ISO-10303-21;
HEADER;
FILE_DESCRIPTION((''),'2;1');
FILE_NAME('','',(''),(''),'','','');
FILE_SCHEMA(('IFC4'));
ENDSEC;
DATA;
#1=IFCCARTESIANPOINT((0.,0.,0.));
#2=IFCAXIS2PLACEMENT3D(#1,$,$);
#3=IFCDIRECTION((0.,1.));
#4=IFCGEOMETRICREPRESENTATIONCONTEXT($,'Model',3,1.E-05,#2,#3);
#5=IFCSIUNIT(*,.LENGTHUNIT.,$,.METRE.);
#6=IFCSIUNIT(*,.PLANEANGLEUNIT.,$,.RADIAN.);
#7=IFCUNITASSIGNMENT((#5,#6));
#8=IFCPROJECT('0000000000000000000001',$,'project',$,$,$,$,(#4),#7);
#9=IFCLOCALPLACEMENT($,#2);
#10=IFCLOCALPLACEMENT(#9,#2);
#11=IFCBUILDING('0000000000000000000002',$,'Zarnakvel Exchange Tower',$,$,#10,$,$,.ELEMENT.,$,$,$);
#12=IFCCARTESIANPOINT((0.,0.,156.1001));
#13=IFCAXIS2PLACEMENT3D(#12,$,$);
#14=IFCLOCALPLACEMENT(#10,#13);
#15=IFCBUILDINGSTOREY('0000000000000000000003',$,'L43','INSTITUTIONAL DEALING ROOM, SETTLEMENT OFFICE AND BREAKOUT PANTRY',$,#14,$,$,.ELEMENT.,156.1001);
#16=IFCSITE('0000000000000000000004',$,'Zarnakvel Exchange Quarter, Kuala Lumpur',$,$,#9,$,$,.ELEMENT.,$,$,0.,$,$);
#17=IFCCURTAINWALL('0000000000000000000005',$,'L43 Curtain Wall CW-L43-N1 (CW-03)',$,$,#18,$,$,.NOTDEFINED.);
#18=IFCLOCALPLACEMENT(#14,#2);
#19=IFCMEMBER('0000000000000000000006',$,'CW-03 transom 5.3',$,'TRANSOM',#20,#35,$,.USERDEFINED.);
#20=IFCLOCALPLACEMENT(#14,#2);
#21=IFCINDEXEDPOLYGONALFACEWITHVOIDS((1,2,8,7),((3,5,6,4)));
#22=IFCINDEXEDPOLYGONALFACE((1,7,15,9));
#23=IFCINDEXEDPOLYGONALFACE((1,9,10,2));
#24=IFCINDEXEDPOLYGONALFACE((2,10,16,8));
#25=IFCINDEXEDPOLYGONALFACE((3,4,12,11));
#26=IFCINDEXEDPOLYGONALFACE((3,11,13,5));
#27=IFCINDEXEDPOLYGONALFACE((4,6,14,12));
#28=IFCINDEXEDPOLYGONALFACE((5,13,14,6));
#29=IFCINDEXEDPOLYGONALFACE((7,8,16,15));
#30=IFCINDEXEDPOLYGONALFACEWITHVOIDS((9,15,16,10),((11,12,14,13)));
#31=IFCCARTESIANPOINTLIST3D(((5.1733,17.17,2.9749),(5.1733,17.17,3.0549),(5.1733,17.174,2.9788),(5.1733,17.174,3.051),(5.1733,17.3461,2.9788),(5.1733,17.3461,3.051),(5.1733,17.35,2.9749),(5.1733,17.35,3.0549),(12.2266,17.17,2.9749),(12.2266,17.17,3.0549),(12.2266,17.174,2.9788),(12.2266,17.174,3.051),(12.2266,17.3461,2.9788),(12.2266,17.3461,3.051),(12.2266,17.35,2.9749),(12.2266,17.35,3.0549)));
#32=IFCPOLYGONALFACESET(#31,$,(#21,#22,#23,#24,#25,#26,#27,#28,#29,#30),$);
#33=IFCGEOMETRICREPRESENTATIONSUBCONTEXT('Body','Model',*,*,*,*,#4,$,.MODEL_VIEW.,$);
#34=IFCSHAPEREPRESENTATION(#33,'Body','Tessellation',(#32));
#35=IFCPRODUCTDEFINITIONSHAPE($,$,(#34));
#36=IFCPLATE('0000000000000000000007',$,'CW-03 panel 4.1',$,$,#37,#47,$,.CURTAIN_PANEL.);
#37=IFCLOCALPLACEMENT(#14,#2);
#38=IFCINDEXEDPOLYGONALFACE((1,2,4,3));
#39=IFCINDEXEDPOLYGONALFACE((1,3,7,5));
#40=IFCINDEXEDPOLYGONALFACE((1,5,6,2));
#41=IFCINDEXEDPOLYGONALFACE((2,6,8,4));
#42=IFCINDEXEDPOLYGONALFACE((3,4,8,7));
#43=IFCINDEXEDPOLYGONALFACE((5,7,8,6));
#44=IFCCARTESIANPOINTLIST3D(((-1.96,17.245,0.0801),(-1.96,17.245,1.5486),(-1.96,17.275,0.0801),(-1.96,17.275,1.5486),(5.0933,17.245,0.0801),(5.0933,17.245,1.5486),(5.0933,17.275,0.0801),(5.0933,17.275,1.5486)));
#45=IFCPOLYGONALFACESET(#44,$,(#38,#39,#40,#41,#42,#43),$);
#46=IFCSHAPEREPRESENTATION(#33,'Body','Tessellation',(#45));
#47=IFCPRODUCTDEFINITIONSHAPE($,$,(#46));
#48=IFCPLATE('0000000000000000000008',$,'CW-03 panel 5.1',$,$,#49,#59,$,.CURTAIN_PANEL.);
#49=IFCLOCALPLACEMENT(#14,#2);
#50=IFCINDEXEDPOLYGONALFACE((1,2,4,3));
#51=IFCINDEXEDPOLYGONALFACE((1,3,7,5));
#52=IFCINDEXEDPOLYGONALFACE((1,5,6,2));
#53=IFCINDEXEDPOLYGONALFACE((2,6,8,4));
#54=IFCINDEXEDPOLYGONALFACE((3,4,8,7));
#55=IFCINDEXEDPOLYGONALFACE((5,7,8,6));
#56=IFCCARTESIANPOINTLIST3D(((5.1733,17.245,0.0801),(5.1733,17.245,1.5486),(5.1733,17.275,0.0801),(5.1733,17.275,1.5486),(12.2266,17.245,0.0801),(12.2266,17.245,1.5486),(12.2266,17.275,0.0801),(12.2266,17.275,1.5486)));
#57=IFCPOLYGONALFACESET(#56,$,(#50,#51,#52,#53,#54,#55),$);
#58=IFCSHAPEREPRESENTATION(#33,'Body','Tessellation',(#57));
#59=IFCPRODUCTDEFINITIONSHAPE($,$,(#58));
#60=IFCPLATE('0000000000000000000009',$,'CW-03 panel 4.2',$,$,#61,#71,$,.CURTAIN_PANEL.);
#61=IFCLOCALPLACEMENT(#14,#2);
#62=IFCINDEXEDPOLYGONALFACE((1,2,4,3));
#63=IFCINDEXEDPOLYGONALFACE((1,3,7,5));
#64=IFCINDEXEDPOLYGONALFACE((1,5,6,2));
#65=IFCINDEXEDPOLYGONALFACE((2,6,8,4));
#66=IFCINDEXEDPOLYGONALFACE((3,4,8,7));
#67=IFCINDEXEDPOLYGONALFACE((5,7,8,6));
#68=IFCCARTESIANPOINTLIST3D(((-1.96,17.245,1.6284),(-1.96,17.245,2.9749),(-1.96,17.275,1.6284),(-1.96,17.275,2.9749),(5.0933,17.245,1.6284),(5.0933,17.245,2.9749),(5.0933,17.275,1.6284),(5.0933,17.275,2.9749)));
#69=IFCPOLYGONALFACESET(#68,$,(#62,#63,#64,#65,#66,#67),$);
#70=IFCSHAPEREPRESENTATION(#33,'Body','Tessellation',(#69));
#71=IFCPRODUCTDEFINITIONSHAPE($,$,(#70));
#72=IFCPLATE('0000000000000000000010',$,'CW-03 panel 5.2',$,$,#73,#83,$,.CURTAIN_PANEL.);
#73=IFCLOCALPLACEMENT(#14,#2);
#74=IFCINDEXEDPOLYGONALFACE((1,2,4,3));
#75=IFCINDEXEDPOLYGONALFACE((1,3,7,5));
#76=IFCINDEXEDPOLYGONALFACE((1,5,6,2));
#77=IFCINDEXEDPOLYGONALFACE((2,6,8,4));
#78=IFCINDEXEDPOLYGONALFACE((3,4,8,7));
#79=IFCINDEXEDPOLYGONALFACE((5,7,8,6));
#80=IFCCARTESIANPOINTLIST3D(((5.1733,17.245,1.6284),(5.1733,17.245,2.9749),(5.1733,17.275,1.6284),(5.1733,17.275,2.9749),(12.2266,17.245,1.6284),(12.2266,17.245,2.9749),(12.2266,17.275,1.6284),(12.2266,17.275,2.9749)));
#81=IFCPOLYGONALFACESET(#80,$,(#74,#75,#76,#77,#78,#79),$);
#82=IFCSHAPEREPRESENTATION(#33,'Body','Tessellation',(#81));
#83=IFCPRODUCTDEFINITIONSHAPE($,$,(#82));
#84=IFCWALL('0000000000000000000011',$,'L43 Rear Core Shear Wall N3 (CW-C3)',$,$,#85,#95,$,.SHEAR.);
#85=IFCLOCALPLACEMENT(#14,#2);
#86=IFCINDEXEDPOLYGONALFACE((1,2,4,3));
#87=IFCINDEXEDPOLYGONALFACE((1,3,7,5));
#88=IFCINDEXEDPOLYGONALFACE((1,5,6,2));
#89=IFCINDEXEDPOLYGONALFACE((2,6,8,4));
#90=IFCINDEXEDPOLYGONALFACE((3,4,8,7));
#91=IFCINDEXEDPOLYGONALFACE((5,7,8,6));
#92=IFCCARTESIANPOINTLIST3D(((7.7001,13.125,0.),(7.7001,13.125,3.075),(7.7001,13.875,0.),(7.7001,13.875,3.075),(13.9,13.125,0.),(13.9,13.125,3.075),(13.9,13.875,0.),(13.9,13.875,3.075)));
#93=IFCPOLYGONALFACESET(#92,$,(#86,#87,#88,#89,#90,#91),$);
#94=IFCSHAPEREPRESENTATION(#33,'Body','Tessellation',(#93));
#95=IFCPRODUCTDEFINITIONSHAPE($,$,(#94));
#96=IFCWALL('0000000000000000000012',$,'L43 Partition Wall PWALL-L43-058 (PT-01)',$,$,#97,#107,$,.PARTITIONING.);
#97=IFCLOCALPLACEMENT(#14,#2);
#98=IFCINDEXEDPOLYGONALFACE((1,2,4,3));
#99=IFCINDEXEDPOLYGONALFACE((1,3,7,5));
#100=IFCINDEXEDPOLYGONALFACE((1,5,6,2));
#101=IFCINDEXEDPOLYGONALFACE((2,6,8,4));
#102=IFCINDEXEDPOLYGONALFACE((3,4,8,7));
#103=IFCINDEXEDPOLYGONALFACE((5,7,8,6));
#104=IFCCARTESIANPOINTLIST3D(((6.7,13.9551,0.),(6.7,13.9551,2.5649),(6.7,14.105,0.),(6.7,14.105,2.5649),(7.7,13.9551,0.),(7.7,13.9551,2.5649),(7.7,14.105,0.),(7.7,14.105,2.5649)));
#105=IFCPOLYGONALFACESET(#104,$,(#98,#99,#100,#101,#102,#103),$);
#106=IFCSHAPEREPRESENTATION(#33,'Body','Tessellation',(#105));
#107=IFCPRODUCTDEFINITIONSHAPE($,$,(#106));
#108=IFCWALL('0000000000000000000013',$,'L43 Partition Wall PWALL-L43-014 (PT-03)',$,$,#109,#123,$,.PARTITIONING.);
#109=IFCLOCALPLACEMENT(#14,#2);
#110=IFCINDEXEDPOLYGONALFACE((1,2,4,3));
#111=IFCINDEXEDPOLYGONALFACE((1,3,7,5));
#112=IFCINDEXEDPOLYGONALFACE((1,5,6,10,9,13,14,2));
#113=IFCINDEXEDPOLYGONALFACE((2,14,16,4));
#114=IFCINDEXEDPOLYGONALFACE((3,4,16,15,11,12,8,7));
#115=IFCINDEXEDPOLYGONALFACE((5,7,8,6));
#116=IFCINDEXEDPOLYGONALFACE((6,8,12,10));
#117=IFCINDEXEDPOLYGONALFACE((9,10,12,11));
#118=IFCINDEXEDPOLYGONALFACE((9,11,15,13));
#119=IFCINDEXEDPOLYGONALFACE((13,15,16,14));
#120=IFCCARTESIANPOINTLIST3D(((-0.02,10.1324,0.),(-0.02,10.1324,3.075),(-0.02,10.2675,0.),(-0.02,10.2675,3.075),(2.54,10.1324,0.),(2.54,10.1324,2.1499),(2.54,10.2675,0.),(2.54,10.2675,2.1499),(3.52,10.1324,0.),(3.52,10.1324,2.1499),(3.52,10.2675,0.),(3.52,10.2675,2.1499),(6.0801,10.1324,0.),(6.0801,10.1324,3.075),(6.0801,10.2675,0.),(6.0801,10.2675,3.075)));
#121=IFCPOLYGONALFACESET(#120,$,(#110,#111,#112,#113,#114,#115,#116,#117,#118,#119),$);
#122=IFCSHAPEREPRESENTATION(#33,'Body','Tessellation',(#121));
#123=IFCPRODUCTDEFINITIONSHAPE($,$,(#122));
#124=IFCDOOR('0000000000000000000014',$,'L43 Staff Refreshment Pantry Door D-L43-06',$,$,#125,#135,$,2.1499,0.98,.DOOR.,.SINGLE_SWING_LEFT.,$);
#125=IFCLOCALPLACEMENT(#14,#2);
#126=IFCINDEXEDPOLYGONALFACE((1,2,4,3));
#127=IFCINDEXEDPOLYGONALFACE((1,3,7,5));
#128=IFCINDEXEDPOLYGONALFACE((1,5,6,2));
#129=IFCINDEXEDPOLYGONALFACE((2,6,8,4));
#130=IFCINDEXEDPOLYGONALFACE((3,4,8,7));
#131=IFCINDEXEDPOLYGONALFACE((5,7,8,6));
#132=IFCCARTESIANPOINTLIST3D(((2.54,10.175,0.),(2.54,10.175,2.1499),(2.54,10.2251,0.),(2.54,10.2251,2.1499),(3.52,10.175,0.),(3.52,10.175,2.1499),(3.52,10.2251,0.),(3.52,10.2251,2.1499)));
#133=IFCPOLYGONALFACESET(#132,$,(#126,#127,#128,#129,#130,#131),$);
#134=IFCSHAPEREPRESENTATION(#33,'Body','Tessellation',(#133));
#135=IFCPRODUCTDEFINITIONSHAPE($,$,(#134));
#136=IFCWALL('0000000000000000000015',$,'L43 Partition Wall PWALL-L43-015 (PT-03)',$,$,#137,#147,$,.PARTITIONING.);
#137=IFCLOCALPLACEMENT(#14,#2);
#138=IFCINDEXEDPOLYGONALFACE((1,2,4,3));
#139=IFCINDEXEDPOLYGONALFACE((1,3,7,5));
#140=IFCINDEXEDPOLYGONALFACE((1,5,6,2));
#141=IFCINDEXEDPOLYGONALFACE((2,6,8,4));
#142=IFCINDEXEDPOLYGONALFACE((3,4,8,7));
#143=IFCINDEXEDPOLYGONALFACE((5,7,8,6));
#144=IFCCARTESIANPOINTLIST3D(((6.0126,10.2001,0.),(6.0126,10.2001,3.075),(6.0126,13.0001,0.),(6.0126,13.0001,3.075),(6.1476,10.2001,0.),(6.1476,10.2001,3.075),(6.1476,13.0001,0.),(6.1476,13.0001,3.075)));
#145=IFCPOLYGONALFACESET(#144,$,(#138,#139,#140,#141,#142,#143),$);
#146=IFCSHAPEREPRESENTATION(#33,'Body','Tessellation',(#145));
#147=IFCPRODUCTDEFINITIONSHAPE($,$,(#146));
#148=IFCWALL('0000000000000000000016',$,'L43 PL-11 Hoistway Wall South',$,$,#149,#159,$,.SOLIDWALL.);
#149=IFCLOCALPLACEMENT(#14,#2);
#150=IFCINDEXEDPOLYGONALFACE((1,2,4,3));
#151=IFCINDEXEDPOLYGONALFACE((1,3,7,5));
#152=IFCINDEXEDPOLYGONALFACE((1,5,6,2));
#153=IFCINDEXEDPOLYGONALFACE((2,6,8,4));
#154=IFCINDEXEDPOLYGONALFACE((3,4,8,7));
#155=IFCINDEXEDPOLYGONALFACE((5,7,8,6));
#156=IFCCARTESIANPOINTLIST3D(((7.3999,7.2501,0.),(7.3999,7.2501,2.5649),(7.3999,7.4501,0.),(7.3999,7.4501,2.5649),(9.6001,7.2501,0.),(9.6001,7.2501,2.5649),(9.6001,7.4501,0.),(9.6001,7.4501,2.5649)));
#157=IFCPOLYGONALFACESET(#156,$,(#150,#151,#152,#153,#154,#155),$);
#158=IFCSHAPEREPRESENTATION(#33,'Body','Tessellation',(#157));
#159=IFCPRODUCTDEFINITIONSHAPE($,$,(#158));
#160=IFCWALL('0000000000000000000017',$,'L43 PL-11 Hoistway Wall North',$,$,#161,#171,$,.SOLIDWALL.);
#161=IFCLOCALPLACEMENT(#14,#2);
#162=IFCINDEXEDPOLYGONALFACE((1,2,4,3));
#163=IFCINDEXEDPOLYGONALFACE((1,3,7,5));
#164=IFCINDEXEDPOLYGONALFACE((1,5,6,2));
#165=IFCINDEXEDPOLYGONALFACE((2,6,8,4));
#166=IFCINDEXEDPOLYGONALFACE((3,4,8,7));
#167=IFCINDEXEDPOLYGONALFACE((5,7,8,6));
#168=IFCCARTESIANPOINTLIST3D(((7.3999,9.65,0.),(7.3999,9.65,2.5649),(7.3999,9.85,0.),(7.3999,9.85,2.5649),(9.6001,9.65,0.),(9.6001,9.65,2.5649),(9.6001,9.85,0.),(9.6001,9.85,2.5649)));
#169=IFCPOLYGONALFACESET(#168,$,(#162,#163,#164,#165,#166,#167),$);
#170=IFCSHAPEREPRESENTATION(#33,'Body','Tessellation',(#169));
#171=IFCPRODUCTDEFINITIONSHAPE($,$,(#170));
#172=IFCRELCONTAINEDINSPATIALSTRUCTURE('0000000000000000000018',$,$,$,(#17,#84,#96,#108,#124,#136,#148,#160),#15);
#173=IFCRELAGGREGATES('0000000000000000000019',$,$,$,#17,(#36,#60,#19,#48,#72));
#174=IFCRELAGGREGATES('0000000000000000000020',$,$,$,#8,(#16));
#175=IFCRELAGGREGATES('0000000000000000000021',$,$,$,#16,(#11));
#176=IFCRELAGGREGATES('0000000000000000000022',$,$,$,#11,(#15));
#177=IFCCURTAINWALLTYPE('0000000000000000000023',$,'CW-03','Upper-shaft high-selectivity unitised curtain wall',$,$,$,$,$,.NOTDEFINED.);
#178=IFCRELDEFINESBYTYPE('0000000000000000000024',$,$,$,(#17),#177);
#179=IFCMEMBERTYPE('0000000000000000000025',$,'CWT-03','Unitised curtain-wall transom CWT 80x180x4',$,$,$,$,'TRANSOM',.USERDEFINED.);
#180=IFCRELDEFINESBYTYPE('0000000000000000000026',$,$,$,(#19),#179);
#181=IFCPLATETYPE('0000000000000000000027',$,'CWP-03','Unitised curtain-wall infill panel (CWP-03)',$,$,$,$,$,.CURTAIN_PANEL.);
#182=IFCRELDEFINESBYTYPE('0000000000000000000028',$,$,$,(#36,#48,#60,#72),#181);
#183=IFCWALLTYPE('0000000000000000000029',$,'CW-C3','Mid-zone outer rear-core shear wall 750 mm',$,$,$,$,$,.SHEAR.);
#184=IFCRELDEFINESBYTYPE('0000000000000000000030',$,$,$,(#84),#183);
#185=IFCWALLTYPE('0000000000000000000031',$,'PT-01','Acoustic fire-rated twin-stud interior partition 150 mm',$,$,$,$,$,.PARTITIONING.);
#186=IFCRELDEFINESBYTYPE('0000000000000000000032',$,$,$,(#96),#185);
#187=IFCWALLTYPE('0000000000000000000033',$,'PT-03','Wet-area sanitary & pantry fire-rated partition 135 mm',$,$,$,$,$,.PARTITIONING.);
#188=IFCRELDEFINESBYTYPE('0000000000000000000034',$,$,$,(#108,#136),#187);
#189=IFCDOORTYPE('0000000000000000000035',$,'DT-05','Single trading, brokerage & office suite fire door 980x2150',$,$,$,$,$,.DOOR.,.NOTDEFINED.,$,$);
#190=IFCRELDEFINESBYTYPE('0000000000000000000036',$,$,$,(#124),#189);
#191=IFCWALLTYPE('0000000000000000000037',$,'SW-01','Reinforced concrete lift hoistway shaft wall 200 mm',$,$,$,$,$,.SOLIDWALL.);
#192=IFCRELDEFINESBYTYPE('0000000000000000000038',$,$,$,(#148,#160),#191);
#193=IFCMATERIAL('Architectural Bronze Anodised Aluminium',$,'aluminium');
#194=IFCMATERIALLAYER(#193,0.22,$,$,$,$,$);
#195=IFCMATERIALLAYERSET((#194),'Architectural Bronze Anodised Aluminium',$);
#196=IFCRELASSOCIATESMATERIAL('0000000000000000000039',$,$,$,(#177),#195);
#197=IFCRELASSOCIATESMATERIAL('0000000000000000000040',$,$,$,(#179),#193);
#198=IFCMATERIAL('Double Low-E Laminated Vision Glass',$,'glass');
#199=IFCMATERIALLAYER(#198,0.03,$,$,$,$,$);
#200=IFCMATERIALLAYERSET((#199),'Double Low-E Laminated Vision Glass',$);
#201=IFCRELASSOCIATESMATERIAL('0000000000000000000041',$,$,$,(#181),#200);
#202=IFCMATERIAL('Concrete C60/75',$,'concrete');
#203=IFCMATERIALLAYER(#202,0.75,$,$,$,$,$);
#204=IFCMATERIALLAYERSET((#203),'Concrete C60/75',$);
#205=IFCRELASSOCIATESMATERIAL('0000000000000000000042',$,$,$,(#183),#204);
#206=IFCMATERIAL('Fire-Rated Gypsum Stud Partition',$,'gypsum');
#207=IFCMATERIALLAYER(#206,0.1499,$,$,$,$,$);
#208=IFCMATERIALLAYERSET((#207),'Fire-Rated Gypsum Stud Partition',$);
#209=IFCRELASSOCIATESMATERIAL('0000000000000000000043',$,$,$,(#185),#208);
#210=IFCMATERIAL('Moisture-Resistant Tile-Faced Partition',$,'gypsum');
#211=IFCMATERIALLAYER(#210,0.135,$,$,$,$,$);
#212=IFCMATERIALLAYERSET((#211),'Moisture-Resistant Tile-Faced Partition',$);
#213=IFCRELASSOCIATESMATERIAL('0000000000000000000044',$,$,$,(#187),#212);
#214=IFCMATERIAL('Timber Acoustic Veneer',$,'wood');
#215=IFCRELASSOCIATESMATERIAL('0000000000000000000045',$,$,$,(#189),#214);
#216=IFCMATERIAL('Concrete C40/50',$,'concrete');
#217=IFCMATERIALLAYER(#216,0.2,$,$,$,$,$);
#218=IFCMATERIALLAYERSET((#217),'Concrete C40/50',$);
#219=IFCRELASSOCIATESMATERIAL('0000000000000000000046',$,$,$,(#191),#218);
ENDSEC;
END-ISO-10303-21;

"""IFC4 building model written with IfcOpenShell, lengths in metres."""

from ifc_helpers import new_model, si_unit, direction, frame, frame_2d, origin, origin_2d, place, context, subcontext, project, spatial, rectangle, hollow_rectangle, extrude, source, transform, mapped, material, layer, layer_set, material_profile, profile_set, type_object, element, fill, aggregate, save


model = new_model("IFC4")

# Units and contexts
model_context = context("Model", 3, precision=1e-05, world=origin(), true_north=direction((0.0, 1.0)))
body_context = subcontext(model_context, "Body", "Model", "MODEL_VIEW")
ifc_project = project(units=[si_unit("LENGTHUNIT", "METRE"), si_unit("PLANEANGLEUNIT", "RADIAN")], contexts=[model_context])

# Site, building, storey
site_placement = place(None, origin())
site = spatial("IfcSite", under=ifc_project, at=site_placement, Name="Zarnakvel Exchange Quarter, Kuala Lumpur", CompositionType="ELEMENT", RefElevation=0.0)
building_placement = place(site_placement, origin())
building = spatial("IfcBuilding", under=site, at=building_placement, Name="Zarnakvel Exchange Tower", CompositionType="ELEMENT")
storey_placement = place(building_placement, frame((0.0, 0.0, 156.1001)))
storey = spatial("IfcBuildingStorey", under=building, at=storey_placement, Name="L43", Description="INSTITUTIONAL DEALING ROOM, SETTLEMENT OFFICE AND BREAKOUT PANTRY", CompositionType="ELEMENT", Elevation=156.1001)

# Shared definitions
ifc_material_1 = material(Name="Concrete C60/75", Category="concrete")

# Curtain wall, member, plates
ifc_material_2 = material(Name="Architectural Bronze Anodised Aluminium", Category="aluminium")
ifc_layer_1 = layer(ifc_material_2, 0.22)
ifc_layer_set_1 = layer_set([ifc_layer_1], Name="Architectural Bronze Anodised Aluminium")
curtain_wall_type = type_object("IfcCurtainWallType", Name="CW-03", Description="Upper-shaft high-selectivity unitised curtain wall", PredefinedType="NOTDEFINED", material=ifc_layer_set_1)
curtain_wall_placement = place(storey_placement, origin())
curtain_wall = element("IfcCurtainWall", 1, at=curtain_wall_placement, inside=storey, type_object=curtain_wall_type, Name="L43 Curtain Wall CW-L43-N1 (CW-03)", PredefinedType="NOTDEFINED")
ifc_material_profile_1 = material_profile(ifc_material_2, hollow_rectangle(XDim=0.1799, YDim=0.0801, WallThickness=0.0039, at=origin_2d()))
ifc_profile_set_1 = profile_set([ifc_material_profile_1], Name="Architectural Bronze Anodised Aluminium")
member_type_1 = type_object("IfcMemberType", Name="CWT-03", Description="Unitised curtain-wall transom CWT 80x180x4", ElementType="TRANSOM", PredefinedType="USERDEFINED", material=ifc_profile_set_1)
shared_shape_1 = source(origin(), body_context, "Body", "SweptSolid", [
    extrude(hollow_rectangle(XDim=0.1799, YDim=0.0801, WallThickness=0.0039, at=origin_2d()), origin(), (0.0, 0.0, 1.0), 7.0532),
])
member_1_placement = place(storey_placement, frame((5.1733, 17.26, 3.0149), z_axis=(1.0, 0.0, 0.0), x_axis=(0.0, 1.0, 0.0)))
member_1 = element("IfcMember", 2, at=member_1_placement, type_object=member_type_1, Name="CW-03 transom 5.3", ObjectType="TRANSOM", PredefinedType="USERDEFINED", context=body_context, shape_type="MappedRepresentation", body=[
    mapped(shared_shape_1, transform((0.0, 0.0, 0.0), x_axis=(1.0, 0.0, 0.0), y_axis=(0.0, 1.0, 0.0), z_axis=(0.0, 0.0, 1.0), scale=1.0)),
])
ifc_material_3 = material(Name="Double Low-E Laminated Vision Glass", Category="glass")
ifc_layer_2 = layer(ifc_material_3, 0.03)
ifc_layer_set_2 = layer_set([ifc_layer_2], Name="Double Low-E Laminated Vision Glass")
plate_type = type_object("IfcPlateType", Name="CWP-03", Description="Unitised curtain-wall infill panel (CWP-03)", PredefinedType="CURTAIN_PANEL", material=ifc_layer_set_2)
shared_shape_2 = source(origin(), body_context, "Body", "SweptSolid", [
    extrude(rectangle(XDim=7.0532, YDim=0.03, at=origin_2d()), origin(), (0.0, 0.0, 1.0), 1.4685),
])
plate_1_placement = place(storey_placement, frame((1.5667, 17.26, 0.0801), z_axis=(0.0, 0.0, 1.0), x_axis=(1.0, 0.0, 0.0)))
plate_1 = element("IfcPlate", 3, at=plate_1_placement, type_object=plate_type, Name="CW-03 panel 4.1", PredefinedType="CURTAIN_PANEL", context=body_context, shape_type="MappedRepresentation", body=[
    mapped(shared_shape_2, transform((0.0, 0.0, 0.0), x_axis=(1.0, 0.0, 0.0), y_axis=(0.0, 1.0, 0.0), z_axis=(0.0, 0.0, 1.0), scale=1.0)),
])
plate_2_placement = place(storey_placement, frame((8.7, 17.26, 0.0801), z_axis=(0.0, 0.0, 1.0), x_axis=(1.0, 0.0, 0.0)))
plate_2 = element("IfcPlate", 4, at=plate_2_placement, type_object=plate_type, Name="CW-03 panel 5.1", PredefinedType="CURTAIN_PANEL", context=body_context, shape_type="MappedRepresentation", body=[
    mapped(shared_shape_2, transform((0.0, 0.0, 0.0), x_axis=(1.0, 0.0, 0.0), y_axis=(0.0, 1.0, 0.0), z_axis=(0.0, 0.0, 1.0), scale=1.0)),
])
shared_shape_3 = source(origin(), body_context, "Body", "SweptSolid", [
    extrude(rectangle(XDim=7.0532, YDim=0.03, at=origin_2d()), origin(), (0.0, 0.0, 1.0), 1.3464),
])
plate_3_placement = place(storey_placement, frame((1.5667, 17.26, 1.6284), z_axis=(0.0, 0.0, 1.0), x_axis=(1.0, 0.0, 0.0)))
plate_3 = element("IfcPlate", 5, at=plate_3_placement, type_object=plate_type, Name="CW-03 panel 4.2", PredefinedType="CURTAIN_PANEL", context=body_context, shape_type="MappedRepresentation", body=[
    mapped(shared_shape_3, transform((0.0, 0.0, 0.0), x_axis=(1.0, 0.0, 0.0), y_axis=(0.0, 1.0, 0.0), z_axis=(0.0, 0.0, 1.0), scale=1.0)),
])
plate_4_placement = place(storey_placement, frame((8.7, 17.26, 1.6284), z_axis=(0.0, 0.0, 1.0), x_axis=(1.0, 0.0, 0.0)))
plate_4 = element("IfcPlate", 6, at=plate_4_placement, type_object=plate_type, Name="CW-03 panel 5.2", PredefinedType="CURTAIN_PANEL", context=body_context, shape_type="MappedRepresentation", body=[
    mapped(shared_shape_3, transform((0.0, 0.0, 0.0), x_axis=(1.0, 0.0, 0.0), y_axis=(0.0, 1.0, 0.0), z_axis=(0.0, 0.0, 1.0), scale=1.0)),
])
aggregate(curtain_wall, [plate_1, plate_3, member_1, plate_2, plate_4])

# Walls
ifc_layer_3 = layer(ifc_material_1, 0.75)
ifc_layer_set_3 = layer_set([ifc_layer_3], Name="Concrete C60/75")
wall_type_1 = type_object("IfcWallType", Name="CW-C3", Description="Mid-zone outer rear-core shear wall 750 mm", PredefinedType="SHEAR", material=ifc_layer_set_3)
wall_1_placement = place(storey_placement, frame((7.7, 13.5, 0.0), z_axis=(0.0, 0.0, 1.0), x_axis=(1.0, 0.0, 0.0)))
element("IfcWall", 7, at=wall_1_placement, inside=storey, type_object=wall_type_1, Name="L43 Rear Core Shear Wall N3 (CW-C3)", PredefinedType="SHEAR", context=body_context, shape_type="SweptSolid", body=[
    extrude(rectangle(XDim=6.2, YDim=0.75, at=frame_2d((3.1001, 0.0))), origin(), (0.0, 0.0, 1.0), 3.075),
])
ifc_material_4 = material(Name="Fire-Rated Gypsum Stud Partition", Category="gypsum")
ifc_layer_4 = layer(ifc_material_4, 0.1499)
ifc_layer_set_4 = layer_set([ifc_layer_4], Name="Fire-Rated Gypsum Stud Partition")
wall_type_2 = type_object("IfcWallType", Name="PT-01", Description="Acoustic fire-rated twin-stud interior partition 150 mm", PredefinedType="PARTITIONING", material=ifc_layer_set_4)
wall_2_placement = place(storey_placement, frame((7.7, 14.03, 0.0), z_axis=(0.0, 0.0, 1.0), x_axis=(-1.0, 0.0, 0.0)))
element("IfcWall", 8, at=wall_2_placement, inside=storey, type_object=wall_type_2, Name="L43 Partition Wall PWALL-L43-058 (PT-01)", PredefinedType="PARTITIONING", context=body_context, shape_type="SweptSolid", body=[
    extrude(rectangle(XDim=1.0, YDim=0.1499, at=frame_2d((0.5, 0.0))), origin(), (0.0, 0.0, 1.0), 2.5649),
])

# Wall, opening, door
ifc_material_5 = material(Name="Moisture-Resistant Tile-Faced Partition", Category="gypsum")
ifc_layer_5 = layer(ifc_material_5, 0.135)
ifc_layer_set_5 = layer_set([ifc_layer_5], Name="Moisture-Resistant Tile-Faced Partition")
wall_type_3 = type_object("IfcWallType", Name="PT-03", Description="Wet-area sanitary & pantry fire-rated partition 135 mm", PredefinedType="PARTITIONING", material=ifc_layer_set_5)
wall_3_placement = place(storey_placement, frame((6.0801, 10.2, 0.0), z_axis=(0.0, 0.0, 1.0), x_axis=(-1.0, 0.0, 0.0)))
wall_3 = element("IfcWall", 9, at=wall_3_placement, inside=storey, type_object=wall_type_3, Name="L43 Partition Wall PWALL-L43-014 (PT-03)", PredefinedType="PARTITIONING", context=body_context, shape_type="SweptSolid", body=[
    extrude(rectangle(XDim=6.1001, YDim=0.135, at=frame_2d((3.05, 0.0))), origin(), (0.0, 0.0, 1.0), 3.075),
])
opening_placement = place(wall_3_placement, frame((2.5601, 0.0, 0.0)))
opening = element("IfcOpeningElement", 10, at=opening_placement, cuts=wall_3, PredefinedType="OPENING", context=body_context, shape_type="SweptSolid", body=[
    extrude(rectangle(XDim=0.98, YDim=2.1499, at=frame_2d((0.49, 1.075))), frame((0.0, 0.0774, 0.0), z_axis=(0.0, -1.0, 0.0), x_axis=(1.0, 0.0, 0.0)), (0.0, 0.0, 1.0), 0.155),
])
ifc_material_6 = material(Name="Timber Acoustic Veneer", Category="wood")
door_type = type_object("IfcDoorType", Name="DT-05", Description="Single trading, brokerage & office suite fire door 980x2150", OperationType="NOTDEFINED", PredefinedType="DOOR", material=ifc_material_6)
shared_shape_4 = source(origin(), body_context, "Body", "SweptSolid", [
    extrude(rectangle(XDim=0.98, YDim=2.1499, at=frame_2d((0.49, 1.075))), frame((0.0, 0.0249, 0.0), z_axis=(0.0, -1.0, 0.0), x_axis=(1.0, 0.0, 0.0)), (0.0, 0.0, 1.0), 0.05),
])
door_placement = place(opening_placement, origin())
door = element("IfcDoor", 11, at=door_placement, inside=storey, type_object=door_type, Name="L43 Staff Refreshment Pantry Door D-L43-06", OperationType="SINGLE_SWING_LEFT", OverallHeight=2.1499, OverallWidth=0.98, PredefinedType="DOOR", context=body_context, shape_type="MappedRepresentation", body=[
    mapped(shared_shape_4, transform((0.0, 0.0, 0.0), x_axis=(1.0, 0.0, 0.0), y_axis=(0.0, 1.0, 0.0), z_axis=(0.0, 0.0, 1.0), scale=1.0)),
])
fill(opening, door)

# Walls
wall_4_placement = place(storey_placement, frame((6.0801, 13.0, 0.0), z_axis=(0.0, 0.0, 1.0), x_axis=(0.0, -1.0, 0.0)))
element("IfcWall", 12, at=wall_4_placement, inside=storey, type_object=wall_type_3, Name="L43 Partition Wall PWALL-L43-015 (PT-03)", PredefinedType="PARTITIONING", context=body_context, shape_type="SweptSolid", body=[
    extrude(rectangle(XDim=2.8, YDim=0.135, at=frame_2d((1.3999, 0.0))), origin(), (0.0, 0.0, 1.0), 3.075),
])
ifc_material_7 = material(Name="Concrete C40/50", Category="concrete")
ifc_layer_6 = layer(ifc_material_7, 0.2)
ifc_layer_set_6 = layer_set([ifc_layer_6], Name="Concrete C40/50")
wall_type_4 = type_object("IfcWallType", Name="SW-01", Description="Reinforced concrete lift hoistway shaft wall 200 mm", PredefinedType="SOLIDWALL", material=ifc_layer_set_6)
for number, where, z_axis, x_axis, name in (
    (13, (9.6001, 7.3501, 0.0), (0.0, 0.0, 1.0), (-1.0, 0.0, 0.0), "L43 PL-11 Hoistway Wall South"),
    (14, (7.3999, 9.75, 0.0), (0.0, 0.0, 1.0), (1.0, 0.0, 0.0), "L43 PL-11 Hoistway Wall North"),
):
    element("IfcWall", number, at=place(storey_placement, frame(where, z_axis=z_axis, x_axis=x_axis)), inside=storey, type_object=wall_type_4, Name=name, PredefinedType="SOLIDWALL", context=body_context, shape_type="SweptSolid", body=[
        extrude(rectangle(XDim=2.2002, YDim=0.2, at=frame_2d((1.1001, 0.0))), origin(), (0.0, 0.0, 1.0), 2.5649),
    ])

save(model, "model.ifc")
